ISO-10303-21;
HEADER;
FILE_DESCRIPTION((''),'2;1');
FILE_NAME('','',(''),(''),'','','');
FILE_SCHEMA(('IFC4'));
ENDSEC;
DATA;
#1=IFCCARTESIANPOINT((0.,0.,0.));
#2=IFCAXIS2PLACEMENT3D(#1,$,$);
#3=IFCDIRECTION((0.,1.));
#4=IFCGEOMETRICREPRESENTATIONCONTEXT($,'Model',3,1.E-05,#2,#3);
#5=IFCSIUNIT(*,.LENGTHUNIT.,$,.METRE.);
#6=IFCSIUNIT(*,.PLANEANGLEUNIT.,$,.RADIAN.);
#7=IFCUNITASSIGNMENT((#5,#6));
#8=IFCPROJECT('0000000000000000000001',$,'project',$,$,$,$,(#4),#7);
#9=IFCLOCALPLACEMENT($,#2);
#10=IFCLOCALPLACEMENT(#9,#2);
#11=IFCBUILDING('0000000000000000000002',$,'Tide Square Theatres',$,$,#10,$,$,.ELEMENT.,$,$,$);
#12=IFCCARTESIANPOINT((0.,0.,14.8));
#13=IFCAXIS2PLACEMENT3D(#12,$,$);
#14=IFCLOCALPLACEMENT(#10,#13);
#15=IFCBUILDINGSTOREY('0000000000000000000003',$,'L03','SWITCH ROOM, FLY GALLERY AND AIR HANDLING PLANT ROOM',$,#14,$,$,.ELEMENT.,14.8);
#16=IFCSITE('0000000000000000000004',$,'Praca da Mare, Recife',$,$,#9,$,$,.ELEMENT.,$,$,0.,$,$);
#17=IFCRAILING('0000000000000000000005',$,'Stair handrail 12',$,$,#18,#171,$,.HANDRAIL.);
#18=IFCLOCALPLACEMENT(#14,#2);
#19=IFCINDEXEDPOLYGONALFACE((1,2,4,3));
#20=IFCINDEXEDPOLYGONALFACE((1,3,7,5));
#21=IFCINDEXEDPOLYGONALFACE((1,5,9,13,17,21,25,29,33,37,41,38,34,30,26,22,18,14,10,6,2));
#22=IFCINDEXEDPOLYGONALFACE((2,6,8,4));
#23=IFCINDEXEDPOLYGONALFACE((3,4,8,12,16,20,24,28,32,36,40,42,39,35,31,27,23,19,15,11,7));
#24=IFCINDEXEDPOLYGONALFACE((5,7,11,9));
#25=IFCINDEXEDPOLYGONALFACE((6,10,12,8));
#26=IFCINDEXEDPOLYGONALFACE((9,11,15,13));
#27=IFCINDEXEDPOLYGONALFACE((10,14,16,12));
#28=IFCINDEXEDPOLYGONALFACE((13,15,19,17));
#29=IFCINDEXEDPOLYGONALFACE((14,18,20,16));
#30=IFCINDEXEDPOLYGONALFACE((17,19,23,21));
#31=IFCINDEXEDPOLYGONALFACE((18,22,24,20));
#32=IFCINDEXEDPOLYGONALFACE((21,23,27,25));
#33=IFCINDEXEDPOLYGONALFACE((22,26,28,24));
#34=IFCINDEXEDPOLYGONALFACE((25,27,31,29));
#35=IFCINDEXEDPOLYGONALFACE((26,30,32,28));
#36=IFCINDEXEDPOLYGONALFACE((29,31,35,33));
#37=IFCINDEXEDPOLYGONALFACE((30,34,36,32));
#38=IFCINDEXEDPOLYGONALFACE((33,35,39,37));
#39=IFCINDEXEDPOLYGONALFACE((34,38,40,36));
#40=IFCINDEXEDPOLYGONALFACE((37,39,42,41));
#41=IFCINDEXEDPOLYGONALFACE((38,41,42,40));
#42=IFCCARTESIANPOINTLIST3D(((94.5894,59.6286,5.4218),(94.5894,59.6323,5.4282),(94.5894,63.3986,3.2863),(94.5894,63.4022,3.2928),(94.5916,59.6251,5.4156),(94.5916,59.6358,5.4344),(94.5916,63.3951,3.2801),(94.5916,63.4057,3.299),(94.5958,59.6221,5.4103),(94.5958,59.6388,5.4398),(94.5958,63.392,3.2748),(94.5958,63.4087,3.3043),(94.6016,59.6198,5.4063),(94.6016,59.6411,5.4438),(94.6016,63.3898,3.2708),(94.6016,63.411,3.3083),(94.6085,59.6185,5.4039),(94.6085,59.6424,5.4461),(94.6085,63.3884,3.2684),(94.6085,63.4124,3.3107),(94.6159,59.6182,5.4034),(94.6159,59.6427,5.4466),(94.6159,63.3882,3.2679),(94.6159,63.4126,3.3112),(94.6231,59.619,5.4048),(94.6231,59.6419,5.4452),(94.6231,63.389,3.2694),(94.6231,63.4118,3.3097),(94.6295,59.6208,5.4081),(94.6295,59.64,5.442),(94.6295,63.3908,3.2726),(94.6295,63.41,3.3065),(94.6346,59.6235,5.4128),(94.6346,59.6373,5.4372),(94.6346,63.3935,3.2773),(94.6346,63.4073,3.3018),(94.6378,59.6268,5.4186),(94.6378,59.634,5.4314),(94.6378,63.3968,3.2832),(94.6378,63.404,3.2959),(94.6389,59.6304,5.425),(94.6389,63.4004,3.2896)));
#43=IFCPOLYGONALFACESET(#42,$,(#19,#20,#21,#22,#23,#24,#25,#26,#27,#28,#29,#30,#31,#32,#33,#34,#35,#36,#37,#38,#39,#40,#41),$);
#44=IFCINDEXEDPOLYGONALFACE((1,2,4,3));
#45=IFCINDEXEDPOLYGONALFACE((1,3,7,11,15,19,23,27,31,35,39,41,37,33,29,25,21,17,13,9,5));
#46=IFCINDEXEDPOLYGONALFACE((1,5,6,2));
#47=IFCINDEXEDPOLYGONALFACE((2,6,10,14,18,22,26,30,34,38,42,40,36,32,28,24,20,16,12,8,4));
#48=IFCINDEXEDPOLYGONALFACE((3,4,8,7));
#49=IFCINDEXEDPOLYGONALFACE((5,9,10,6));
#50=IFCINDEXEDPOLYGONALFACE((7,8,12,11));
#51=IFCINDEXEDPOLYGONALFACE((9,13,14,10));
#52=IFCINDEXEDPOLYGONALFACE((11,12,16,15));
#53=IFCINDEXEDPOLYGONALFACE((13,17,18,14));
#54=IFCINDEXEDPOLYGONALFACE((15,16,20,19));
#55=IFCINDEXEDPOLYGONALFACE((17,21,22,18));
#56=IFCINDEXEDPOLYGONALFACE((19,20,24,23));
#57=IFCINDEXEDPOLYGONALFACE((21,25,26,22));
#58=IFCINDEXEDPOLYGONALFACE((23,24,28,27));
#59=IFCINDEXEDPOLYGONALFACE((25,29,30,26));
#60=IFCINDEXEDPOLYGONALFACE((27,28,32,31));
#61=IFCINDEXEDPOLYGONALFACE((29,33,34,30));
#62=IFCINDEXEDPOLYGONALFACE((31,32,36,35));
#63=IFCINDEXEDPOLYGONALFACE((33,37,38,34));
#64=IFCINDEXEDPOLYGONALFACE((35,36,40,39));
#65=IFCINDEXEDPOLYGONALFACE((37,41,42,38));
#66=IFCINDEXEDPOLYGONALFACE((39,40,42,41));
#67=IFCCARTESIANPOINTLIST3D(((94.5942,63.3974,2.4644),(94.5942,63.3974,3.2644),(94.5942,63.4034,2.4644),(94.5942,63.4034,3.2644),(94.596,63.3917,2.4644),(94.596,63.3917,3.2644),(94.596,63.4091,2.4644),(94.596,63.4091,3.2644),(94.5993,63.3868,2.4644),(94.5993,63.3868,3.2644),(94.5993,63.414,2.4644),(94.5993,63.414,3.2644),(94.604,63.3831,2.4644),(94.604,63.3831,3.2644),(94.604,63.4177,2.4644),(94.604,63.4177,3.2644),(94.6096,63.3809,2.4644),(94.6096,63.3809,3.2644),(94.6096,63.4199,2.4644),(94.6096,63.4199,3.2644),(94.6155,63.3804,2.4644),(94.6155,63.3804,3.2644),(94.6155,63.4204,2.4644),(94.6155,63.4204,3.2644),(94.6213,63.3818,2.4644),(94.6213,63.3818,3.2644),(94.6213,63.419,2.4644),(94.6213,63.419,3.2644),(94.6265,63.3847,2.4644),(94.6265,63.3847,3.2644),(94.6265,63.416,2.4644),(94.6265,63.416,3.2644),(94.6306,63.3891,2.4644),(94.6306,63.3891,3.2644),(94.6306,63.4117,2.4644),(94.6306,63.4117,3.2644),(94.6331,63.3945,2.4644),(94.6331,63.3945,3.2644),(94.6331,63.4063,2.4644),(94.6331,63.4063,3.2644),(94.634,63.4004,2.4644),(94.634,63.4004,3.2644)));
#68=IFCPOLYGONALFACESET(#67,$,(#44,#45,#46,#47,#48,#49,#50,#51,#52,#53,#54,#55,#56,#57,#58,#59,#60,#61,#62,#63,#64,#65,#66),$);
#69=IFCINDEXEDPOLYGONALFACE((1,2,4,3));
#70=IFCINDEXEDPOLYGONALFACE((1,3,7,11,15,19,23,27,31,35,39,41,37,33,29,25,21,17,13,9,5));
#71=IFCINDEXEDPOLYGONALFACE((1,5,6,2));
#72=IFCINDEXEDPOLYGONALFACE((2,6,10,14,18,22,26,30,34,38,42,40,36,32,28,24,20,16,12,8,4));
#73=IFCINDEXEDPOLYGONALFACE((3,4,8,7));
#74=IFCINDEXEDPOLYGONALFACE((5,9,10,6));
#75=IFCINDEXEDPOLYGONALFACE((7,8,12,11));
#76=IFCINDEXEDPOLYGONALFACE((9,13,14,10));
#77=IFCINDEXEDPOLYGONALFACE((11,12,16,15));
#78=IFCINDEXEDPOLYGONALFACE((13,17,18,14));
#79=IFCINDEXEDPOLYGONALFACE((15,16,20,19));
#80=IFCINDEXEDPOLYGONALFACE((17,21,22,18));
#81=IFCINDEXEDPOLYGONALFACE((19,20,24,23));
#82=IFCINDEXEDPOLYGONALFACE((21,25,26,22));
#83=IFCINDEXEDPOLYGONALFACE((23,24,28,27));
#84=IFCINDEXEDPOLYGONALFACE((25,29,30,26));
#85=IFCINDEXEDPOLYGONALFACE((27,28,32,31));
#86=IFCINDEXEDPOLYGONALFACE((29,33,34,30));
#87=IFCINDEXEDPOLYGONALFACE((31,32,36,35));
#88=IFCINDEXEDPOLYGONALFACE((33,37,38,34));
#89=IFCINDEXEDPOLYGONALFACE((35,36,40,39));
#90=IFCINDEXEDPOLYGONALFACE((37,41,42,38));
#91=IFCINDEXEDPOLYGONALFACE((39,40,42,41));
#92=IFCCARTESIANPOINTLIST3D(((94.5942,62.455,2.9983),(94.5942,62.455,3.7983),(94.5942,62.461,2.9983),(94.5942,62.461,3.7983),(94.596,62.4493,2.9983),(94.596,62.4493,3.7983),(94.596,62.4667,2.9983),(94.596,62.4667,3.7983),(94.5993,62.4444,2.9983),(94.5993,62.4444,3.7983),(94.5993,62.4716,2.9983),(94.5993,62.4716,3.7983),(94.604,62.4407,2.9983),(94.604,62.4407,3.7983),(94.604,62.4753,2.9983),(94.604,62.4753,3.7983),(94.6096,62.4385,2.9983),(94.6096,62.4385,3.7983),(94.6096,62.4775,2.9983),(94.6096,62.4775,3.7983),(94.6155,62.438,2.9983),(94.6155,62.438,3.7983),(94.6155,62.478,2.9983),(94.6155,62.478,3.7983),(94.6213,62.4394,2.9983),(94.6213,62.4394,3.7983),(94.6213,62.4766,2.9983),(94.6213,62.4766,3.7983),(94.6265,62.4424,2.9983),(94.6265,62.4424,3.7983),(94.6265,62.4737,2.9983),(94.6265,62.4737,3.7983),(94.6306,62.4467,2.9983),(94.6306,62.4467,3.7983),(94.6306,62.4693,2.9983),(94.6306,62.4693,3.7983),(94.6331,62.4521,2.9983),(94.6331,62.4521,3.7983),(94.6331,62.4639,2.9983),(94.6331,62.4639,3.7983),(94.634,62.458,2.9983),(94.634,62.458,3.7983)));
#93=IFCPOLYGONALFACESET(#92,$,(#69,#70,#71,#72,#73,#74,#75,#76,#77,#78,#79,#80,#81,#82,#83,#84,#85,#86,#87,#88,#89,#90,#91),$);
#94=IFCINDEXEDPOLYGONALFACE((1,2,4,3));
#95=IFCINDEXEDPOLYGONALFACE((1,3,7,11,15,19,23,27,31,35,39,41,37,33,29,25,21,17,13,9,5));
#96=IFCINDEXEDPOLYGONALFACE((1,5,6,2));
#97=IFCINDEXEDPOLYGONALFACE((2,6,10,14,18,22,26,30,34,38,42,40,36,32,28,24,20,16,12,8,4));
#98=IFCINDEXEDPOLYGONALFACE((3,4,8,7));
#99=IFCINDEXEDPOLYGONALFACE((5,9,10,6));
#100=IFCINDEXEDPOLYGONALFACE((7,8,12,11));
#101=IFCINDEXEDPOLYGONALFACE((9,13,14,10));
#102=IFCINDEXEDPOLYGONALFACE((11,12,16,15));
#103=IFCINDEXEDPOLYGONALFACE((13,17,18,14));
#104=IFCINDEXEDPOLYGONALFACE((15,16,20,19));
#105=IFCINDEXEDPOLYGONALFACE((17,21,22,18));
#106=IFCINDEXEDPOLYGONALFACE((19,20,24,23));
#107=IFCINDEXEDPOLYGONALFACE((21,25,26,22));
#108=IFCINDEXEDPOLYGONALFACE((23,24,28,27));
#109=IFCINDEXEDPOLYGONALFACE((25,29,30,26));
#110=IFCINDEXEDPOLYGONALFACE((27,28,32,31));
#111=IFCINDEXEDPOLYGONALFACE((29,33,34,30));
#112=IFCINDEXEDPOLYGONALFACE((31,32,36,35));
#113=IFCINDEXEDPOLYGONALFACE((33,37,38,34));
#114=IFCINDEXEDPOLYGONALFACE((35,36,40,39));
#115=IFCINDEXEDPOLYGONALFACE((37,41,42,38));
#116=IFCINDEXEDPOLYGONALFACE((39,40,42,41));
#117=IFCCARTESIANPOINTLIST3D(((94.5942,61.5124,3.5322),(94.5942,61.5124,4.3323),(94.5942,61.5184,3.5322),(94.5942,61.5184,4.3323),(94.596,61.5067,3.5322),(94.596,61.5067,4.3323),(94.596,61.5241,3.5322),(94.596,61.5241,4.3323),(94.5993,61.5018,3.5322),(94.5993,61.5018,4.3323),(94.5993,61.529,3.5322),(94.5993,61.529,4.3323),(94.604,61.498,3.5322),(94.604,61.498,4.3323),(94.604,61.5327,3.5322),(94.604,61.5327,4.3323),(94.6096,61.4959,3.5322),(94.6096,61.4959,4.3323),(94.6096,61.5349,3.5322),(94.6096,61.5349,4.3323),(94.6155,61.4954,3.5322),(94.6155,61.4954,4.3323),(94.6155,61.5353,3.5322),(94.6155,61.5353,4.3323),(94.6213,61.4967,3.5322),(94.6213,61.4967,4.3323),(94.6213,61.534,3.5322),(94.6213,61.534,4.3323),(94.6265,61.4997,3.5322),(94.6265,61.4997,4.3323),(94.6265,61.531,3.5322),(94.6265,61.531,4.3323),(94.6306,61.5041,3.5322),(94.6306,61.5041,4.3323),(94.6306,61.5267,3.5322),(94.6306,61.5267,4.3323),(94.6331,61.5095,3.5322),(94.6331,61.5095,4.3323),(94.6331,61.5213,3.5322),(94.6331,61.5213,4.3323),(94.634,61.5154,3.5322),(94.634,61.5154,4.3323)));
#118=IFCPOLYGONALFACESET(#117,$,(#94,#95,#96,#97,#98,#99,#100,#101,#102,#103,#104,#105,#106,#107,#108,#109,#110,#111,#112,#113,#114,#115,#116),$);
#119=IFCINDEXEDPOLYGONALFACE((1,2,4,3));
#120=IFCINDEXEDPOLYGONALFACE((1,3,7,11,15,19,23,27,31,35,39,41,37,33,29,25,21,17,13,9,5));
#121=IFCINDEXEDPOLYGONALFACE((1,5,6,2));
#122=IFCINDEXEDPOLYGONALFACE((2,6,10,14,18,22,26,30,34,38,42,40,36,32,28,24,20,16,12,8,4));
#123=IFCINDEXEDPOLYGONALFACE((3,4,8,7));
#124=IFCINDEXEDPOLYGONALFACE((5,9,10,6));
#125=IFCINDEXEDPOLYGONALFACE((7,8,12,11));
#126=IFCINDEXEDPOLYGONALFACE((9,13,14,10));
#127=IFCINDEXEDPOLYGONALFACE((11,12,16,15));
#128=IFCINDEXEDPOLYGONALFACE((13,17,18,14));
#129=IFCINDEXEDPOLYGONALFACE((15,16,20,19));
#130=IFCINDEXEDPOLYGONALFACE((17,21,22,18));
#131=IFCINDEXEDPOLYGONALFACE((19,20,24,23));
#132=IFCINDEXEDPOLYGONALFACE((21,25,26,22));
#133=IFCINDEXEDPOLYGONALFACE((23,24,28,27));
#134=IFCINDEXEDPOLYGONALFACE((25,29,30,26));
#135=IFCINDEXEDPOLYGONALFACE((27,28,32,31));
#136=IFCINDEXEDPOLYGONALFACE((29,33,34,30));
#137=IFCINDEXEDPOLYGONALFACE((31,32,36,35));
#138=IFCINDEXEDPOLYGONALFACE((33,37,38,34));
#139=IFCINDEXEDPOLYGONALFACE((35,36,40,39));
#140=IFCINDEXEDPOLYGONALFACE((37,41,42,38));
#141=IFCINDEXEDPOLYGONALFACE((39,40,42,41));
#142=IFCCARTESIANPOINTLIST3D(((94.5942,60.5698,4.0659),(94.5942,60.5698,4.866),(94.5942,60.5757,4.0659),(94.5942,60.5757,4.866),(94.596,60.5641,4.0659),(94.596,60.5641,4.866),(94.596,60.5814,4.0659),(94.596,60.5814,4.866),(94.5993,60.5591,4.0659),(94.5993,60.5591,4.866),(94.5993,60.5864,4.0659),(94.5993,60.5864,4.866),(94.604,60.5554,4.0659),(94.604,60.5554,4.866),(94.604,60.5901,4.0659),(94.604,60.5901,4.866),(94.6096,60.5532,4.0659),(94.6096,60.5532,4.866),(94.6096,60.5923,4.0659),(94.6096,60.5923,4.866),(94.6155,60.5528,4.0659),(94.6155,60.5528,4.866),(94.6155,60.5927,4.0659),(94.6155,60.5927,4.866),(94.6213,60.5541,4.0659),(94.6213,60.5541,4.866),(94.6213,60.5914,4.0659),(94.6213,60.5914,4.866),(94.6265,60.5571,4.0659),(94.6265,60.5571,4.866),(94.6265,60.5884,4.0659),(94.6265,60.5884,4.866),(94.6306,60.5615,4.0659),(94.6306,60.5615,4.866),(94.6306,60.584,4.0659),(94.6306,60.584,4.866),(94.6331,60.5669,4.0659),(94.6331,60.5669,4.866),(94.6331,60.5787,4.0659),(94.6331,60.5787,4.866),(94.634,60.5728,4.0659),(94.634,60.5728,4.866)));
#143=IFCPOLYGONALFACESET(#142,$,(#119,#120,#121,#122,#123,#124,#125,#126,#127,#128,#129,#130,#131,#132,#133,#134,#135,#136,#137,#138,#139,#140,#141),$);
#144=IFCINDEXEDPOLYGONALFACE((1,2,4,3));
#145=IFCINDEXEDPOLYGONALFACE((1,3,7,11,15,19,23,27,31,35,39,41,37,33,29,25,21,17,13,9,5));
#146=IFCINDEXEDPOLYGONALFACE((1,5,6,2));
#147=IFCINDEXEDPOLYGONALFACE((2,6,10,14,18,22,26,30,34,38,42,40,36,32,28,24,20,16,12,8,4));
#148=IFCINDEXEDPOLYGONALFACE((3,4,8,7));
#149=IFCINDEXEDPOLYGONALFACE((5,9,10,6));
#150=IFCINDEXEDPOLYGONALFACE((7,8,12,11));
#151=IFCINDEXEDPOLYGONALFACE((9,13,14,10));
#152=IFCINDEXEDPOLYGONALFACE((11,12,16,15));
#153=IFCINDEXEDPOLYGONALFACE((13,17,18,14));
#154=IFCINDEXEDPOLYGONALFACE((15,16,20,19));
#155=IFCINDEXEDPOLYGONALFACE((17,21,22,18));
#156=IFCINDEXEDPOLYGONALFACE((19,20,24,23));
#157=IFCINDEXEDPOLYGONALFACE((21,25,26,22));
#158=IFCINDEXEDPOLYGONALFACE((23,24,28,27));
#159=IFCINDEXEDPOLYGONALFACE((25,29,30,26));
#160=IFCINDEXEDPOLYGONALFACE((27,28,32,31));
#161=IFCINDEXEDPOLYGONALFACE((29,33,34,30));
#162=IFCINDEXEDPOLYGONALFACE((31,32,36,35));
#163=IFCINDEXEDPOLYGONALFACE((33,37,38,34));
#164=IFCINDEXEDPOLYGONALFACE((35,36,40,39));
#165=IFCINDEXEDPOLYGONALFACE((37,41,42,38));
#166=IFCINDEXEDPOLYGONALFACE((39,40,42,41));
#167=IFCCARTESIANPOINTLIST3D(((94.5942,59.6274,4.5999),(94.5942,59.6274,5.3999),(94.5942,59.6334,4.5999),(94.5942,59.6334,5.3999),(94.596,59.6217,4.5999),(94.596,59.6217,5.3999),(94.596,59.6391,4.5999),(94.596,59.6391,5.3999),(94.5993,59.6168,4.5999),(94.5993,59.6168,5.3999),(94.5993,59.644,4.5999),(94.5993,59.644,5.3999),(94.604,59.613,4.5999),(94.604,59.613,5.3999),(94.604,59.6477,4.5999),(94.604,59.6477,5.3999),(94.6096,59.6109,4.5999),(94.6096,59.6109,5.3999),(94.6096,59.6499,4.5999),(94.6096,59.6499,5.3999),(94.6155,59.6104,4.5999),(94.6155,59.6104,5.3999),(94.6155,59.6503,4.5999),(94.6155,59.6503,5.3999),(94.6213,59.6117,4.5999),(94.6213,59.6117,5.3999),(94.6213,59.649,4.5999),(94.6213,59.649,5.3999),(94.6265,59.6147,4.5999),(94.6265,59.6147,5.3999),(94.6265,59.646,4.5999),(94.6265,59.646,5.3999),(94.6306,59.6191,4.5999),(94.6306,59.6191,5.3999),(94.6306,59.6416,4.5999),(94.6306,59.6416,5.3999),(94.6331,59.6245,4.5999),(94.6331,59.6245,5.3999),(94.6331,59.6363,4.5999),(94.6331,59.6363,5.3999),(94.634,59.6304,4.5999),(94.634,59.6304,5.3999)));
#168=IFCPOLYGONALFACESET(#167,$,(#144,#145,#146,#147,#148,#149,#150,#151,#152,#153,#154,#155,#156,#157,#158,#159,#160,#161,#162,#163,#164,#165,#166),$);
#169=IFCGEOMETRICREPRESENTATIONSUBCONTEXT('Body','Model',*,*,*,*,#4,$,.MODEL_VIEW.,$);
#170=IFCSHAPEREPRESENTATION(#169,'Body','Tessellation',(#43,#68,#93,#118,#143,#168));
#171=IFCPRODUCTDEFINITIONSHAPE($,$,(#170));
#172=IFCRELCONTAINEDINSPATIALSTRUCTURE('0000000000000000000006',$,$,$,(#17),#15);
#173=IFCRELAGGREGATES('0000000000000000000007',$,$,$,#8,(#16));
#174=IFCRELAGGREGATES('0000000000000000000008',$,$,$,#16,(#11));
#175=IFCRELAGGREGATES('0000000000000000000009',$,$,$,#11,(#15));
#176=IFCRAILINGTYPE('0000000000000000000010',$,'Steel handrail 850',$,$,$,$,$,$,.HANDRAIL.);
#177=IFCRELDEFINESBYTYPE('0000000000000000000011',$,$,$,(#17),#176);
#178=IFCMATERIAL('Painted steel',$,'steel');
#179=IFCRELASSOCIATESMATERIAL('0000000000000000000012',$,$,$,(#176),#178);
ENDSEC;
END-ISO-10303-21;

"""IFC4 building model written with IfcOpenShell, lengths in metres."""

from ifc_helpers import new_model, si_unit, direction, frame, origin, origin_2d, place, context, subcontext, project, spatial, circle, extrude, material, type_object, element, save


model = new_model("IFC4")

# Units and contexts
model_context = context("Model", 3, precision=1e-05, world=origin(), true_north=direction((0.0, 1.0)))
body_context = subcontext(model_context, "Body", "Model", "MODEL_VIEW")
ifc_project = project(units=[si_unit("LENGTHUNIT", "METRE"), si_unit("PLANEANGLEUNIT", "RADIAN")], contexts=[model_context])

# Site, building, storey
site_placement = place(None, origin())
site = spatial("IfcSite", under=ifc_project, at=site_placement, Name="Praca da Mare, Recife", CompositionType="ELEMENT", RefElevation=0.0)
building_placement = place(site_placement, origin())
building = spatial("IfcBuilding", under=site, at=building_placement, Name="Tide Square Theatres", CompositionType="ELEMENT")
storey_placement = place(building_placement, frame((0.0, 0.0, 14.8)))
storey = spatial("IfcBuildingStorey", under=building, at=storey_placement, Name="L03", Description="SWITCH ROOM, FLY GALLERY AND AIR HANDLING PLANT ROOM", CompositionType="ELEMENT", Elevation=14.8)

# Railing
ifc_material_1 = material(Name="Painted steel", Category="steel")
railing_type_1 = type_object("IfcRailingType", Name="Steel handrail 850", PredefinedType="HANDRAIL", material=ifc_material_1)
for number, where, name in (
    (1, (94.614, 63.4004, 2.4644), "Stair handrail 12"),
):
    element("IfcRailing", number, at=place(storey_placement, frame(where)), inside=storey, type_object=railing_type_1, Name=name, PredefinedType="HANDRAIL", context=body_context, shape_type="SweptSolid", body=[
        extrude(circle(Radius=0.0249, at=origin_2d()), frame((0.0, 0.0, 0.8252), z_axis=(0.0, -0.870106, 0.492865), x_axis=(1.0, 0.0, 0.0)), (0.0, 0.0, 1.0), 4.3328),
        extrude(circle(Radius=0.02, at=origin_2d()), origin(), (0.0, 0.0, 1.0), 0.8),
        extrude(circle(Radius=0.02, at=origin_2d()), frame((0.0, -0.9424, 0.5339)), (0.0, 0.0, 1.0), 0.8),
        extrude(circle(Radius=0.02, at=origin_2d()), frame((0.0, -1.885, 1.0679)), (0.0, 0.0, 1.0), 0.8),
        extrude(circle(Radius=0.02, at=origin_2d()), frame((0.0, -2.8276, 1.6016)), (0.0, 0.0, 1.0), 0.8),
        extrude(circle(Radius=0.02, at=origin_2d()), frame((0.0, -3.77, 2.1355)), (0.0, 0.0, 1.0), 0.8),
    ])

save(model, "model.ifc")
